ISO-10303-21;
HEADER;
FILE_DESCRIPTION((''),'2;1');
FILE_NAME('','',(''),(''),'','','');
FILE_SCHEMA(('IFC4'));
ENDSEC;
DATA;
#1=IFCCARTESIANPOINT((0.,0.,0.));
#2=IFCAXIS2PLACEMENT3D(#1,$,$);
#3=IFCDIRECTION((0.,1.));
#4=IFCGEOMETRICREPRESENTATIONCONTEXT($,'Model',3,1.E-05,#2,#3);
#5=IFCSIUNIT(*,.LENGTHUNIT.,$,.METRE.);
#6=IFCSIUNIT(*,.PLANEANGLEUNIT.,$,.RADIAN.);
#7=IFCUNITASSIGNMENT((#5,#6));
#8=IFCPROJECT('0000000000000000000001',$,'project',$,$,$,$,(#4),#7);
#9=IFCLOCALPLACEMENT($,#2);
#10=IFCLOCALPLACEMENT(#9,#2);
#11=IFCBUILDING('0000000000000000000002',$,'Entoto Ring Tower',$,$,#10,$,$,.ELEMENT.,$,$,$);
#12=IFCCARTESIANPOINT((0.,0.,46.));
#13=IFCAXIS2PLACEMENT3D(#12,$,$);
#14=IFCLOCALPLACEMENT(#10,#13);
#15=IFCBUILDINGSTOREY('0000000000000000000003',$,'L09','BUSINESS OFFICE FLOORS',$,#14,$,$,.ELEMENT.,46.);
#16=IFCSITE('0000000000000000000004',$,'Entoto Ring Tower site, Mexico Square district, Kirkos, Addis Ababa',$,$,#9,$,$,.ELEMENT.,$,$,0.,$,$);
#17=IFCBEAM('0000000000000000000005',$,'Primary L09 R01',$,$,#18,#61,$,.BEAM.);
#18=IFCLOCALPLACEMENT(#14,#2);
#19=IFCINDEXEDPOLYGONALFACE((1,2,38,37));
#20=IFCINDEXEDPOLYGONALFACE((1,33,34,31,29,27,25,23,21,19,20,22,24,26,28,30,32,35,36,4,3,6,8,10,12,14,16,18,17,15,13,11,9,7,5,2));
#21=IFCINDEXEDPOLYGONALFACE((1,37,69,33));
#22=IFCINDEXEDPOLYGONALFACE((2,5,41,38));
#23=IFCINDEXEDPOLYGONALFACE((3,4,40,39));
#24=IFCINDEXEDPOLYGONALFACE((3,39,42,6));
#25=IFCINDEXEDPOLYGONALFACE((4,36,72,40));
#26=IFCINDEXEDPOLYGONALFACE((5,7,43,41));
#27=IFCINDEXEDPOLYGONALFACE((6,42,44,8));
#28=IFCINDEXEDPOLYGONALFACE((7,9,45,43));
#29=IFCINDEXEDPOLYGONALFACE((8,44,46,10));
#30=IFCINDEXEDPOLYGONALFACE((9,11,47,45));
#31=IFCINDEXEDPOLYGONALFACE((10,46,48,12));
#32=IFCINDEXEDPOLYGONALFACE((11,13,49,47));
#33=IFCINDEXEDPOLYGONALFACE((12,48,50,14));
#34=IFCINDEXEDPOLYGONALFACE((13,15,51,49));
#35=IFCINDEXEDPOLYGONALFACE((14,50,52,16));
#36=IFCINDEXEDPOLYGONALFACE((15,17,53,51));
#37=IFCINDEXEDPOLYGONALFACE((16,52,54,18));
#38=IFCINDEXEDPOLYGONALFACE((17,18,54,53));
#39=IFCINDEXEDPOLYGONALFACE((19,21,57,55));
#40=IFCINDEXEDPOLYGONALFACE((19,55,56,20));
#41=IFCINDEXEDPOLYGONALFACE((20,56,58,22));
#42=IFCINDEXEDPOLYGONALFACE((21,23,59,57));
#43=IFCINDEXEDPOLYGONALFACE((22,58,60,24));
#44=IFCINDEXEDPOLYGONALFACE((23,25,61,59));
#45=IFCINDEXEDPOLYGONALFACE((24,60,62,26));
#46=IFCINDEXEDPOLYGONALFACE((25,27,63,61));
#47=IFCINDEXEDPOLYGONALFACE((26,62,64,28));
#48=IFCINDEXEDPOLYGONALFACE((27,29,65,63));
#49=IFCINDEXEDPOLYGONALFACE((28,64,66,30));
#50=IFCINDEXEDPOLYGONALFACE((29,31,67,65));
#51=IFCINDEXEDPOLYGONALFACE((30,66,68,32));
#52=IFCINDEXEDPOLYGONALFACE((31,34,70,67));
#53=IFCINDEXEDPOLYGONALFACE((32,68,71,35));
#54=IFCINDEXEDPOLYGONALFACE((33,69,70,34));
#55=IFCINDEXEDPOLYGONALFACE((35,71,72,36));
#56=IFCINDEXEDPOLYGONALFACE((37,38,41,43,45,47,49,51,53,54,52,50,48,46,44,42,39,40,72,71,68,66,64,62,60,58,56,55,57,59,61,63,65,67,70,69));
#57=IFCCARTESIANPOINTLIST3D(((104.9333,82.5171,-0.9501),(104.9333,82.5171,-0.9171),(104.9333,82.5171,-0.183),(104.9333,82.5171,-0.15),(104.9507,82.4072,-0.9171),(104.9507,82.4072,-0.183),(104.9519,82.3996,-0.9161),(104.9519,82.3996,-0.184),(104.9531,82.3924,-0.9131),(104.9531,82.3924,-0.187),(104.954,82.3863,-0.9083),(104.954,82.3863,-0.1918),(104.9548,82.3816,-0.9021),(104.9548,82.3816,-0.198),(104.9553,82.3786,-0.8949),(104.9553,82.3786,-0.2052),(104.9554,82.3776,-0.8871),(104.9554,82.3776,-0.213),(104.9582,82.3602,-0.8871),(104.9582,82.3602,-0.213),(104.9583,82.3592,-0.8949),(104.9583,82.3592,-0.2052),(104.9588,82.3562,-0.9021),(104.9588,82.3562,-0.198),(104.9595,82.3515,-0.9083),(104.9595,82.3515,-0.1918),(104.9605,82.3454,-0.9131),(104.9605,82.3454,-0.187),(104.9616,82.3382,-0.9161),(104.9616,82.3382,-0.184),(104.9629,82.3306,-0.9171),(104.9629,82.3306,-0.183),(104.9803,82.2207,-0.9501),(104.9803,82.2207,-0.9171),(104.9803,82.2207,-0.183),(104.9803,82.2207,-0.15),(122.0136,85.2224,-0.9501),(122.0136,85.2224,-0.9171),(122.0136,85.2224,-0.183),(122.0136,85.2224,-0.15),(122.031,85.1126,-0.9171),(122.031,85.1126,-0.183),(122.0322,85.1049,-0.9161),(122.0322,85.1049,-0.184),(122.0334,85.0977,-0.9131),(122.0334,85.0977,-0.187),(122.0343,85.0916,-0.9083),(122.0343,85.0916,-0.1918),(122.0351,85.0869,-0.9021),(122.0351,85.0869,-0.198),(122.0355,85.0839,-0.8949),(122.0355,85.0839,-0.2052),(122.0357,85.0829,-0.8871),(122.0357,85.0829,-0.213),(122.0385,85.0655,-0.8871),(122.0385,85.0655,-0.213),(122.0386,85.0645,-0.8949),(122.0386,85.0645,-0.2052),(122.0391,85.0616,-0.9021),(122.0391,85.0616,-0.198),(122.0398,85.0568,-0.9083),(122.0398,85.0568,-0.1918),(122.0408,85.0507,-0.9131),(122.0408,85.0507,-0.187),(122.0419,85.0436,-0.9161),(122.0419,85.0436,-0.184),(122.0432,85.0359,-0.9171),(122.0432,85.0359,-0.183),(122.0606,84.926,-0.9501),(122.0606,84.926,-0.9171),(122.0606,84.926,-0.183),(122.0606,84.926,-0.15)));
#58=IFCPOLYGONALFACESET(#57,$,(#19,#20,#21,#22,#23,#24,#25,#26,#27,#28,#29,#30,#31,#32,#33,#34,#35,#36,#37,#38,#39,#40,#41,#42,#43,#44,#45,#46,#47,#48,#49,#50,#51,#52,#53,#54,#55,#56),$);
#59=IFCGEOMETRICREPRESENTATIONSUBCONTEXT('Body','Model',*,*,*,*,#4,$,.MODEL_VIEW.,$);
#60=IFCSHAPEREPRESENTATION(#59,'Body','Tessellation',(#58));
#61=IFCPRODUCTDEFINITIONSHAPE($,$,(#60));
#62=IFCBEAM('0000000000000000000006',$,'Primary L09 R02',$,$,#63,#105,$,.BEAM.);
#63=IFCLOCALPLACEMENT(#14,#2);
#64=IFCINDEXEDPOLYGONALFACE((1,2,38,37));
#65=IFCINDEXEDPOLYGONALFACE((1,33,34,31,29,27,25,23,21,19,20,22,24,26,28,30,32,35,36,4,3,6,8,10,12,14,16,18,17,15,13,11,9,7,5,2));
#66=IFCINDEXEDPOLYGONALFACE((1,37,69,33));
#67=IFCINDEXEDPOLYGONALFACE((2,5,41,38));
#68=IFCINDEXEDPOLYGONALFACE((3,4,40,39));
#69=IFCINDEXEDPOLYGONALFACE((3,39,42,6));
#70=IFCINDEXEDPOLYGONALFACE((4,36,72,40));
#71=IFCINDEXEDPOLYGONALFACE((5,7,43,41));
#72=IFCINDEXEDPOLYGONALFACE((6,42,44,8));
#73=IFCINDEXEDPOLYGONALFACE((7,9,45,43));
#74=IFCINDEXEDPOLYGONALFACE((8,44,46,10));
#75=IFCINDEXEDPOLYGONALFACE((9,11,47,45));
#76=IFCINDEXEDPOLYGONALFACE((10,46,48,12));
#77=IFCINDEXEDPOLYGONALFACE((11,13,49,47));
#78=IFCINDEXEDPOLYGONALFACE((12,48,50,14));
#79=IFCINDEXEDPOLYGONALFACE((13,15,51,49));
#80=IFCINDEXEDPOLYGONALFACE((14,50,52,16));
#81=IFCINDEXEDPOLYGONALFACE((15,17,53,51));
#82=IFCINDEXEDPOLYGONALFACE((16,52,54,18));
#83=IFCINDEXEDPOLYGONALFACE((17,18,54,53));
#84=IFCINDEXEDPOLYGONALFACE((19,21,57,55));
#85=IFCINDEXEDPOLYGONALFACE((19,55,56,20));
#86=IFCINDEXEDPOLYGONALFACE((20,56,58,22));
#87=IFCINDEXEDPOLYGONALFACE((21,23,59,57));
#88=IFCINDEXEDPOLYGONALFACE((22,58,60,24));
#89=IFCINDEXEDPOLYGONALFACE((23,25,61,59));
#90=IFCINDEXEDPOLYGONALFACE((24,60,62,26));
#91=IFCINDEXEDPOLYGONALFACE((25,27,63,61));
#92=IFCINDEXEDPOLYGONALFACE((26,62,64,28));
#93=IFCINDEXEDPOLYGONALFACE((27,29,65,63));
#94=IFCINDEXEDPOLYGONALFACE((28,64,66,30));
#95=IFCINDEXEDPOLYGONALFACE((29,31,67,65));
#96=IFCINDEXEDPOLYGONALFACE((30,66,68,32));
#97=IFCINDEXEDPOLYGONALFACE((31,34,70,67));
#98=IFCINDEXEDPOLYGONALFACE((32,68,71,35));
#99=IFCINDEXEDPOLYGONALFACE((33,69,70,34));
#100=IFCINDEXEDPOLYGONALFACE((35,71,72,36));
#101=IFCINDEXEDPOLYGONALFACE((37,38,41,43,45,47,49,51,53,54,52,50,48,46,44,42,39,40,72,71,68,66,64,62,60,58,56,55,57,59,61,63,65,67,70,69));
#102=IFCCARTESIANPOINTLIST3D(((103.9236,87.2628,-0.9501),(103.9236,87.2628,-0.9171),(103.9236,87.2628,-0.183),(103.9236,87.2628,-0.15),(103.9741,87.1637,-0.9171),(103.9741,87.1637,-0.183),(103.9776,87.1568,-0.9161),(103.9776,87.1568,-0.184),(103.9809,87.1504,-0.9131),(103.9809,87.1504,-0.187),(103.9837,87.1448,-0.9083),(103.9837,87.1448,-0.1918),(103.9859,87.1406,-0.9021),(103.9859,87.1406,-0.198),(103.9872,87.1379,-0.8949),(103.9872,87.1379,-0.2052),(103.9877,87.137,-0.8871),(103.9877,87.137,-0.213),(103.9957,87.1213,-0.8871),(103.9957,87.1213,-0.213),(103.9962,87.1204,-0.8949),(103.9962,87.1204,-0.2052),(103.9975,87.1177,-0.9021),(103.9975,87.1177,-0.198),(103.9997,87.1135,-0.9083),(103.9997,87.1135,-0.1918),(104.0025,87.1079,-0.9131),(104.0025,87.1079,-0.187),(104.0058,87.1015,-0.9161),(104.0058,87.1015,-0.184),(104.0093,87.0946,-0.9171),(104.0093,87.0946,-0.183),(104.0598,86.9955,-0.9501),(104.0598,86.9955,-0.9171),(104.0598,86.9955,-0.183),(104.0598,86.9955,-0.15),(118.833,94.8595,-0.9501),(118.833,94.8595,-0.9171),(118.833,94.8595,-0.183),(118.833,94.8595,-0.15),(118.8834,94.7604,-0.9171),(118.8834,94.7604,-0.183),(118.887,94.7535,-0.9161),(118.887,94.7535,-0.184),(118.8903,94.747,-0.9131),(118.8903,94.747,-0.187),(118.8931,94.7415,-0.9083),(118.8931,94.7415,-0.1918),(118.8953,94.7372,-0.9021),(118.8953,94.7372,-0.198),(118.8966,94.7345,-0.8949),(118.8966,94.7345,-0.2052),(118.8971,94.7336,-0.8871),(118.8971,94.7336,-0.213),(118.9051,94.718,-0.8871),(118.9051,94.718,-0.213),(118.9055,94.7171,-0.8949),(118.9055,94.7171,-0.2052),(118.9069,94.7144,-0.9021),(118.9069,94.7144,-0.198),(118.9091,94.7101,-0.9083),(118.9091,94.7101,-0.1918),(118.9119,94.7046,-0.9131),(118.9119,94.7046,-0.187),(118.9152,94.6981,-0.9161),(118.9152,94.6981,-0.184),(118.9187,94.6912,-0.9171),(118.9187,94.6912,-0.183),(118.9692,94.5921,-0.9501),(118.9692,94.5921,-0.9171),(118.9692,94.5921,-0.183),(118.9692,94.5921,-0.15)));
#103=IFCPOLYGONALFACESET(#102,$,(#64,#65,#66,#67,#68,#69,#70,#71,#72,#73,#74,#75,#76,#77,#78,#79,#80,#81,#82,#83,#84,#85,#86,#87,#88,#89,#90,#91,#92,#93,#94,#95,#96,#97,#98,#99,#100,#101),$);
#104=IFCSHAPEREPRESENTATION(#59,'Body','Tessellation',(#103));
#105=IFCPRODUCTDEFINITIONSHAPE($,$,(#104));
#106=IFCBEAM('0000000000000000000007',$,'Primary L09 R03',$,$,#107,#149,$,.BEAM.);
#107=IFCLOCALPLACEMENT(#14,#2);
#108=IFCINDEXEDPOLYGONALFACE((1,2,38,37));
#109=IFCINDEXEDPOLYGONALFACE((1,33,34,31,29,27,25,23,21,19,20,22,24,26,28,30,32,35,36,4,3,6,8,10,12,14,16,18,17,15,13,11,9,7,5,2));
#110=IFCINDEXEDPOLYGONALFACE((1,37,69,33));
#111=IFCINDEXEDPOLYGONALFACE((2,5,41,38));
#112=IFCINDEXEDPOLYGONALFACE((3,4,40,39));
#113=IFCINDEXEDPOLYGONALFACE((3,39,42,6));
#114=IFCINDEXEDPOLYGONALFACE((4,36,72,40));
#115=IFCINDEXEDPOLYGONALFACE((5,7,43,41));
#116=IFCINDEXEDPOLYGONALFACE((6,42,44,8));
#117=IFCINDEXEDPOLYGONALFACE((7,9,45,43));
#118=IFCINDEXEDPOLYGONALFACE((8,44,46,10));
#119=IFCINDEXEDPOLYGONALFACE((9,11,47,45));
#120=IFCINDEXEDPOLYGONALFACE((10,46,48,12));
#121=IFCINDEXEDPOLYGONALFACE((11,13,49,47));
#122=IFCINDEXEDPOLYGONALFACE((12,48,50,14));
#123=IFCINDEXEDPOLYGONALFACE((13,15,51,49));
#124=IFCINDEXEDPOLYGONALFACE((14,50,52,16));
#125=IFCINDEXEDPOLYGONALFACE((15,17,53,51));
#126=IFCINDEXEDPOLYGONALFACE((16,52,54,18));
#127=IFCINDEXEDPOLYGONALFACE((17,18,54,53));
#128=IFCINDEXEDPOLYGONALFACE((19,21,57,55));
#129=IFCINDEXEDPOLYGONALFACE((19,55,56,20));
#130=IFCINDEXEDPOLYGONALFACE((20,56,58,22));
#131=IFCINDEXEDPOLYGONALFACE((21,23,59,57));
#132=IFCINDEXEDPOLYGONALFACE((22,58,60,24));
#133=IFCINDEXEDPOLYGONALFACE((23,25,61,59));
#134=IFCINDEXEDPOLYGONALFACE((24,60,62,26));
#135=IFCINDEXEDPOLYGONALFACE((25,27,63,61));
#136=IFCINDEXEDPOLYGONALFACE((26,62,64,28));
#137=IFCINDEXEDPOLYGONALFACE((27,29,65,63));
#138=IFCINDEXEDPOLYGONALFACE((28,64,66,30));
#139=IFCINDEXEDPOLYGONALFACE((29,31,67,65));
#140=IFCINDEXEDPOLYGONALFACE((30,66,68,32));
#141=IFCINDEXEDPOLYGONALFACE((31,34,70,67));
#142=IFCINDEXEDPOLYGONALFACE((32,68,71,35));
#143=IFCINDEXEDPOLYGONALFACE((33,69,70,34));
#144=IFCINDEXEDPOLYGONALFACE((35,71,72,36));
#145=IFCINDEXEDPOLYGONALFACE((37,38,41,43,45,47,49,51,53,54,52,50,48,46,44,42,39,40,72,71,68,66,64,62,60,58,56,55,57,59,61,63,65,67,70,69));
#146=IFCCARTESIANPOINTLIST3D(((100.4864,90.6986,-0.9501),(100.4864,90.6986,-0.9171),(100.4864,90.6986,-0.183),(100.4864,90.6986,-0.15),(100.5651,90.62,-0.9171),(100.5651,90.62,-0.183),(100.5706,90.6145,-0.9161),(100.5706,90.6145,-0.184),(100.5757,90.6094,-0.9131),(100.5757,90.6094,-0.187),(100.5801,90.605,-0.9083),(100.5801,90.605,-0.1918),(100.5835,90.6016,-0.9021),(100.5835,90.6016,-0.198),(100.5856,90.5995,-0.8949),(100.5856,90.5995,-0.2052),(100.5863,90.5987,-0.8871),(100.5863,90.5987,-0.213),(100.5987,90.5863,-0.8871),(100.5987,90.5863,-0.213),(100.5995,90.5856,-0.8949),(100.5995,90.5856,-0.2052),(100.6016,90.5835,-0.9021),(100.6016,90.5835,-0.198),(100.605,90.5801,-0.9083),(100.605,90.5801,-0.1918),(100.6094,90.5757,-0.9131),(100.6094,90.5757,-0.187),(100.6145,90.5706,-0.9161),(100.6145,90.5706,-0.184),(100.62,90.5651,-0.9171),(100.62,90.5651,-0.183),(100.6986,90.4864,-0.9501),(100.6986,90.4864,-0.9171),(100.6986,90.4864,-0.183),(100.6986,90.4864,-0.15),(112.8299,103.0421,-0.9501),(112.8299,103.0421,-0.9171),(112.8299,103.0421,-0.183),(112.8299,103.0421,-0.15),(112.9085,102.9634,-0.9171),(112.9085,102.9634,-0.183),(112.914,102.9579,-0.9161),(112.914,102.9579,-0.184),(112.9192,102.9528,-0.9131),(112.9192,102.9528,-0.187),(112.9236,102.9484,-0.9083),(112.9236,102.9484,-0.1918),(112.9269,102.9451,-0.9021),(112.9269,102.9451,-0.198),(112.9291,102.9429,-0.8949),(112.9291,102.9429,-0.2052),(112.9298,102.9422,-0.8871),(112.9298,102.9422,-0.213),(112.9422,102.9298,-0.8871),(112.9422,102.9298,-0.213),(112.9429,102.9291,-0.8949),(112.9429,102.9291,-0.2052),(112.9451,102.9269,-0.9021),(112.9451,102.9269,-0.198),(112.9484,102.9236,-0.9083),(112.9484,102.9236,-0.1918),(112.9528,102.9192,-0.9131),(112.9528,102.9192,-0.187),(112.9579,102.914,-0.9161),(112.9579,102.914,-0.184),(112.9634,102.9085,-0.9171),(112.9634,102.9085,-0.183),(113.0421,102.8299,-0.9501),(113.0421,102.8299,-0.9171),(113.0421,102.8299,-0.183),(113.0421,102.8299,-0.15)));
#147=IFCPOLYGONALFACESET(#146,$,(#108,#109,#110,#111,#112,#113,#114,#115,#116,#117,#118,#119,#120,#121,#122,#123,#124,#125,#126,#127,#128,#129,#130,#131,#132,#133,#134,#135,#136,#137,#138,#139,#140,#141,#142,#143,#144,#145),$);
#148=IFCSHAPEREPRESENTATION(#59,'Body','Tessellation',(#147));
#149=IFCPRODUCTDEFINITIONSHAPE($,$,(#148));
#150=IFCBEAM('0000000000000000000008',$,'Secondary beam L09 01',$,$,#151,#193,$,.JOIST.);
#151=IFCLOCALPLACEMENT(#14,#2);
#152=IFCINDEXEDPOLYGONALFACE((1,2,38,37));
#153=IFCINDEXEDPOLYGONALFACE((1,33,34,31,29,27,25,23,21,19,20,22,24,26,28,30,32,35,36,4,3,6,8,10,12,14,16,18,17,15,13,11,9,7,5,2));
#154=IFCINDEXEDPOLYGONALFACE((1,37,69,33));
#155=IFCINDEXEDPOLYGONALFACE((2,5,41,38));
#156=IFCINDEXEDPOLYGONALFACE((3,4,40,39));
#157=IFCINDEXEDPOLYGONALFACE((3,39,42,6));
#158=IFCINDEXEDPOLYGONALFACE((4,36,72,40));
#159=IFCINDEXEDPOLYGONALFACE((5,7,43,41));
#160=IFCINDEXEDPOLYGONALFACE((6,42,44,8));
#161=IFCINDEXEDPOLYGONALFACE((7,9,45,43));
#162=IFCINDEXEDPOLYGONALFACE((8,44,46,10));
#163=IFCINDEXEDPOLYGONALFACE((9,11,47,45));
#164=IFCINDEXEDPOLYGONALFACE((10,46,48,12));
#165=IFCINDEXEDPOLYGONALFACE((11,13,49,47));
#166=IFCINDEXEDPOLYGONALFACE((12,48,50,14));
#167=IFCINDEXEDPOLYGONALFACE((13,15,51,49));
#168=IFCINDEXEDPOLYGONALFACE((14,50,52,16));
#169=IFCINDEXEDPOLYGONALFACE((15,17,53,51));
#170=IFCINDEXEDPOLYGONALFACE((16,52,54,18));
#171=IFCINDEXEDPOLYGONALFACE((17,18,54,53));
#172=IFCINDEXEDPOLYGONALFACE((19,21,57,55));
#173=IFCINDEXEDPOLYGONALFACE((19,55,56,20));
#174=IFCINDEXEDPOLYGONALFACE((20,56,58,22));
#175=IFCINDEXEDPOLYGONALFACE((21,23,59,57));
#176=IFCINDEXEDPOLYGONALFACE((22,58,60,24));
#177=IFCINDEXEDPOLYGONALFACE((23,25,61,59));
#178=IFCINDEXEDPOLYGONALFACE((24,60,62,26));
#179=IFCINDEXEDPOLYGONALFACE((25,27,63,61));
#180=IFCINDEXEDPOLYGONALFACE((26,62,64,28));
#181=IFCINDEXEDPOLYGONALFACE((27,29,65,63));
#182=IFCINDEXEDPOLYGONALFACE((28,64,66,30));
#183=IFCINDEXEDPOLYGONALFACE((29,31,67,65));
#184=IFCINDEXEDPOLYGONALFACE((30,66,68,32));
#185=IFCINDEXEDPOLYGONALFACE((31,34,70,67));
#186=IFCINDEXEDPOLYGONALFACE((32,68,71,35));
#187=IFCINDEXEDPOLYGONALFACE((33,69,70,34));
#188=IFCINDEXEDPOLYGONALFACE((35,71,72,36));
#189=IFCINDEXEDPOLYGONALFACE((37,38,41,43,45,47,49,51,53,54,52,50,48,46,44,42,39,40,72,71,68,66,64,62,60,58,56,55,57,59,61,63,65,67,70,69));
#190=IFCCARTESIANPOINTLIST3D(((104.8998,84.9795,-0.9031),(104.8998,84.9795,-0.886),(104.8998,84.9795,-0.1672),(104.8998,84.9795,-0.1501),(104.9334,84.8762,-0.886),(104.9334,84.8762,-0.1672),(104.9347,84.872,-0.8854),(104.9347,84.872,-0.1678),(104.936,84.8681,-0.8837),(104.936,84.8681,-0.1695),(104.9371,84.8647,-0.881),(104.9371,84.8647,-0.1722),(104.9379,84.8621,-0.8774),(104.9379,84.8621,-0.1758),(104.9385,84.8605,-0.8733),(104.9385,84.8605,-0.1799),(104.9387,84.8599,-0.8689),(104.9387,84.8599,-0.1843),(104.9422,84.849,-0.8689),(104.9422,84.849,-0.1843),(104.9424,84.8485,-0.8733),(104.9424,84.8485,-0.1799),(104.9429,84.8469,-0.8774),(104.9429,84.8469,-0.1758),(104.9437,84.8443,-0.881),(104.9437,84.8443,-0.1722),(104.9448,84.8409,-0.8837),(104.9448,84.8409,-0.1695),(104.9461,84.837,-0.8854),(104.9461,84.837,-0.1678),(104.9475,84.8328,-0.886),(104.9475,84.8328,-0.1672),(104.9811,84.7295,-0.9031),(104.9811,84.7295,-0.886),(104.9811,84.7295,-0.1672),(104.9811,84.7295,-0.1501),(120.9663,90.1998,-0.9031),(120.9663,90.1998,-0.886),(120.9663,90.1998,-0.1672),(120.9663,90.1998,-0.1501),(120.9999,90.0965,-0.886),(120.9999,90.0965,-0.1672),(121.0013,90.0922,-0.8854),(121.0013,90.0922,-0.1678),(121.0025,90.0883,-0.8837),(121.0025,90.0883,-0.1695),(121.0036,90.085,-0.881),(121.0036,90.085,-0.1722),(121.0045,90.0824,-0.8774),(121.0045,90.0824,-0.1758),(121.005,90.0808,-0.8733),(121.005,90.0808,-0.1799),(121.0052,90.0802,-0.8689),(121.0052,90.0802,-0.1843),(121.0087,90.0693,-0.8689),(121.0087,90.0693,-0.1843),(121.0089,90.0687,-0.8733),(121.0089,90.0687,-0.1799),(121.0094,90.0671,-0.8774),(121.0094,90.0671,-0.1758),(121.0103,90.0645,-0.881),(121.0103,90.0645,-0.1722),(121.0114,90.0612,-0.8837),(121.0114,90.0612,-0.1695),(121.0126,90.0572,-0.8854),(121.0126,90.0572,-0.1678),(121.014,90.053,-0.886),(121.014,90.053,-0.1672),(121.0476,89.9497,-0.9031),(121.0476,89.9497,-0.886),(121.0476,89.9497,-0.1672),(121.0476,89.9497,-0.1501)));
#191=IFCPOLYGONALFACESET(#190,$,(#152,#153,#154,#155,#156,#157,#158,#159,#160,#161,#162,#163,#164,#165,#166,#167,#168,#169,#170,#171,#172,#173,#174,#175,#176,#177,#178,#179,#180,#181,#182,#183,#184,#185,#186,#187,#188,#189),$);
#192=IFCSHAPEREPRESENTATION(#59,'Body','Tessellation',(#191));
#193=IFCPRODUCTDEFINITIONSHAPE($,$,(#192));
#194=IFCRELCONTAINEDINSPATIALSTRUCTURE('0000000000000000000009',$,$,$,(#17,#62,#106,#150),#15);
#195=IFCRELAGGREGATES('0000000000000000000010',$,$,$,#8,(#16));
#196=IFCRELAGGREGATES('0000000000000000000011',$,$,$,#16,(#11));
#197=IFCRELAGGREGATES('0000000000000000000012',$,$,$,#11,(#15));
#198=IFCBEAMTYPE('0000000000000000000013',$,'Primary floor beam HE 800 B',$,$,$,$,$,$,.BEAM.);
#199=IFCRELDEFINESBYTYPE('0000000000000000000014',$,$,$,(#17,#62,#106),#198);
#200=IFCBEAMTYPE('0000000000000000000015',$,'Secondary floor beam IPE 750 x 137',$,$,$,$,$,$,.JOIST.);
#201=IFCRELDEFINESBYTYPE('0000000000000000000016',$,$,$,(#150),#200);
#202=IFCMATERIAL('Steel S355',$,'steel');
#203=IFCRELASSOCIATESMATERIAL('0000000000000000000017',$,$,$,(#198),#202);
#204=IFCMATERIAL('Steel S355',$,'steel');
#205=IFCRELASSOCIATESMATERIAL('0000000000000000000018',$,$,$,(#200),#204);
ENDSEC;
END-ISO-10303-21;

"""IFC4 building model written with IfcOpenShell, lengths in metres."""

from ifc_helpers import new_model, si_unit, direction, frame, origin, origin_2d, place, context, subcontext, project, spatial, i_section, extrude, material, material_profile, profile_set, type_object, element, save


model = new_model("IFC4")

# Units and contexts
model_context = context("Model", 3, precision=1e-05, world=origin(), true_north=direction((0.0, 1.0)))
body_context = subcontext(model_context, "Body", "Model", "MODEL_VIEW")
ifc_project = project(units=[si_unit("LENGTHUNIT", "METRE"), si_unit("PLANEANGLEUNIT", "RADIAN")], contexts=[model_context])

# Site, building, storey
site_placement = place(None, origin())
site = spatial("IfcSite", under=ifc_project, at=site_placement, Name="Entoto Ring Tower site, Mexico Square district, Kirkos, Addis Ababa", CompositionType="ELEMENT", RefElevation=0.0)
building_placement = place(site_placement, origin())
building = spatial("IfcBuilding", under=site, at=building_placement, Name="Entoto Ring Tower", CompositionType="ELEMENT")
storey_placement = place(building_placement, frame((0.0, 0.0, 46.0)))
storey = spatial("IfcBuildingStorey", under=building, at=storey_placement, Name="L09", Description="BUSINESS OFFICE FLOORS", CompositionType="ELEMENT", Elevation=46.0)

# Beams
ifc_material_1 = material(Name="Steel S355", Category="steel")
ifc_material_profile_1 = material_profile(ifc_material_1, i_section(OverallWidth=0.3, OverallDepth=0.8, WebThickness=0.0176, FlangeThickness=0.033, FilletRadius=0.03, at=origin_2d()), Name="HE 800 B")
ifc_profile_set_1 = profile_set([ifc_material_profile_1], Name="Steel S355")
beam_type_1 = type_object("IfcBeamType", Name="Primary floor beam HE 800 B", PredefinedType="BEAM", material=ifc_profile_set_1)
beam_1_placement = place(storey_placement, frame((104.9568, 82.3689, -0.55), z_axis=(0.987688, 0.156438, 0.0), x_axis=(-0.156438, 0.987688, 0.0)))
element("IfcBeam", 1, at=beam_1_placement, inside=storey, type_object=beam_type_1, Name="Primary L09 R01", PredefinedType="BEAM", context=body_context, shape_type="SweptSolid", body=[
    extrude(i_section(OverallWidth=0.3, OverallDepth=0.8, WebThickness=0.0176, FlangeThickness=0.033, FilletRadius=0.03, at=origin_2d()), origin(), (0.0, 0.0, 1.0), 17.2932),
])
beam_2_placement = place(storey_placement, frame((103.9917, 87.1292, -0.55), z_axis=(0.891008, 0.453988, 0.0), x_axis=(-0.453988, 0.891008, 0.0)))
element("IfcBeam", 2, at=beam_2_placement, inside=storey, type_object=beam_type_1, Name="Primary L09 R02", PredefinedType="BEAM", context=body_context, shape_type="SweptSolid", body=[
    extrude(i_section(OverallWidth=0.3, OverallDepth=0.8, WebThickness=0.0176, FlangeThickness=0.033, FilletRadius=0.03, at=origin_2d()), origin(), (0.0, 0.0, 1.0), 16.7332),
])
beam_3_placement = place(storey_placement, frame((100.5925, 90.5925, -0.55), z_axis=(0.707107, 0.707107, 0.0), x_axis=(-0.707107, 0.707107, 0.0)))
element("IfcBeam", 3, at=beam_3_placement, inside=storey, type_object=beam_type_1, Name="Primary L09 R03", PredefinedType="BEAM", context=body_context, shape_type="SweptSolid", body=[
    extrude(i_section(OverallWidth=0.3, OverallDepth=0.8, WebThickness=0.0176, FlangeThickness=0.033, FilletRadius=0.03, at=origin_2d()), origin(), (0.0, 0.0, 1.0), 17.4563),
])
ifc_material_2 = material(Name="Steel S355", Category="steel")
ifc_material_profile_2 = material_profile(ifc_material_2, i_section(OverallWidth=0.2629, OverallDepth=0.7529, WebThickness=0.0115, FlangeThickness=0.0171, FilletRadius=0.0171, at=origin_2d()), Name="IPE 750 x 137")
ifc_profile_set_2 = profile_set([ifc_material_profile_2], Name="Steel S355")
beam_type_2 = type_object("IfcBeamType", Name="Secondary floor beam IPE 750 x 137", PredefinedType="JOIST", material=ifc_profile_set_2)
beam_4_placement = place(storey_placement, frame((104.9404, 84.8545, -0.5266), z_axis=(0.951058, 0.309013, 0.0), x_axis=(-0.309013, 0.951058, 0.0)))
element("IfcBeam", 4, at=beam_4_placement, inside=storey, type_object=beam_type_2, Name="Secondary beam L09 01", PredefinedType="JOIST", context=body_context, shape_type="SweptSolid", body=[
    extrude(i_section(OverallWidth=0.2629, OverallDepth=0.7529, WebThickness=0.0115, FlangeThickness=0.0171, FilletRadius=0.0171, at=origin_2d()), origin(), (0.0, 0.0, 1.0), 16.8933),
])

save(model, "model.ifc")
